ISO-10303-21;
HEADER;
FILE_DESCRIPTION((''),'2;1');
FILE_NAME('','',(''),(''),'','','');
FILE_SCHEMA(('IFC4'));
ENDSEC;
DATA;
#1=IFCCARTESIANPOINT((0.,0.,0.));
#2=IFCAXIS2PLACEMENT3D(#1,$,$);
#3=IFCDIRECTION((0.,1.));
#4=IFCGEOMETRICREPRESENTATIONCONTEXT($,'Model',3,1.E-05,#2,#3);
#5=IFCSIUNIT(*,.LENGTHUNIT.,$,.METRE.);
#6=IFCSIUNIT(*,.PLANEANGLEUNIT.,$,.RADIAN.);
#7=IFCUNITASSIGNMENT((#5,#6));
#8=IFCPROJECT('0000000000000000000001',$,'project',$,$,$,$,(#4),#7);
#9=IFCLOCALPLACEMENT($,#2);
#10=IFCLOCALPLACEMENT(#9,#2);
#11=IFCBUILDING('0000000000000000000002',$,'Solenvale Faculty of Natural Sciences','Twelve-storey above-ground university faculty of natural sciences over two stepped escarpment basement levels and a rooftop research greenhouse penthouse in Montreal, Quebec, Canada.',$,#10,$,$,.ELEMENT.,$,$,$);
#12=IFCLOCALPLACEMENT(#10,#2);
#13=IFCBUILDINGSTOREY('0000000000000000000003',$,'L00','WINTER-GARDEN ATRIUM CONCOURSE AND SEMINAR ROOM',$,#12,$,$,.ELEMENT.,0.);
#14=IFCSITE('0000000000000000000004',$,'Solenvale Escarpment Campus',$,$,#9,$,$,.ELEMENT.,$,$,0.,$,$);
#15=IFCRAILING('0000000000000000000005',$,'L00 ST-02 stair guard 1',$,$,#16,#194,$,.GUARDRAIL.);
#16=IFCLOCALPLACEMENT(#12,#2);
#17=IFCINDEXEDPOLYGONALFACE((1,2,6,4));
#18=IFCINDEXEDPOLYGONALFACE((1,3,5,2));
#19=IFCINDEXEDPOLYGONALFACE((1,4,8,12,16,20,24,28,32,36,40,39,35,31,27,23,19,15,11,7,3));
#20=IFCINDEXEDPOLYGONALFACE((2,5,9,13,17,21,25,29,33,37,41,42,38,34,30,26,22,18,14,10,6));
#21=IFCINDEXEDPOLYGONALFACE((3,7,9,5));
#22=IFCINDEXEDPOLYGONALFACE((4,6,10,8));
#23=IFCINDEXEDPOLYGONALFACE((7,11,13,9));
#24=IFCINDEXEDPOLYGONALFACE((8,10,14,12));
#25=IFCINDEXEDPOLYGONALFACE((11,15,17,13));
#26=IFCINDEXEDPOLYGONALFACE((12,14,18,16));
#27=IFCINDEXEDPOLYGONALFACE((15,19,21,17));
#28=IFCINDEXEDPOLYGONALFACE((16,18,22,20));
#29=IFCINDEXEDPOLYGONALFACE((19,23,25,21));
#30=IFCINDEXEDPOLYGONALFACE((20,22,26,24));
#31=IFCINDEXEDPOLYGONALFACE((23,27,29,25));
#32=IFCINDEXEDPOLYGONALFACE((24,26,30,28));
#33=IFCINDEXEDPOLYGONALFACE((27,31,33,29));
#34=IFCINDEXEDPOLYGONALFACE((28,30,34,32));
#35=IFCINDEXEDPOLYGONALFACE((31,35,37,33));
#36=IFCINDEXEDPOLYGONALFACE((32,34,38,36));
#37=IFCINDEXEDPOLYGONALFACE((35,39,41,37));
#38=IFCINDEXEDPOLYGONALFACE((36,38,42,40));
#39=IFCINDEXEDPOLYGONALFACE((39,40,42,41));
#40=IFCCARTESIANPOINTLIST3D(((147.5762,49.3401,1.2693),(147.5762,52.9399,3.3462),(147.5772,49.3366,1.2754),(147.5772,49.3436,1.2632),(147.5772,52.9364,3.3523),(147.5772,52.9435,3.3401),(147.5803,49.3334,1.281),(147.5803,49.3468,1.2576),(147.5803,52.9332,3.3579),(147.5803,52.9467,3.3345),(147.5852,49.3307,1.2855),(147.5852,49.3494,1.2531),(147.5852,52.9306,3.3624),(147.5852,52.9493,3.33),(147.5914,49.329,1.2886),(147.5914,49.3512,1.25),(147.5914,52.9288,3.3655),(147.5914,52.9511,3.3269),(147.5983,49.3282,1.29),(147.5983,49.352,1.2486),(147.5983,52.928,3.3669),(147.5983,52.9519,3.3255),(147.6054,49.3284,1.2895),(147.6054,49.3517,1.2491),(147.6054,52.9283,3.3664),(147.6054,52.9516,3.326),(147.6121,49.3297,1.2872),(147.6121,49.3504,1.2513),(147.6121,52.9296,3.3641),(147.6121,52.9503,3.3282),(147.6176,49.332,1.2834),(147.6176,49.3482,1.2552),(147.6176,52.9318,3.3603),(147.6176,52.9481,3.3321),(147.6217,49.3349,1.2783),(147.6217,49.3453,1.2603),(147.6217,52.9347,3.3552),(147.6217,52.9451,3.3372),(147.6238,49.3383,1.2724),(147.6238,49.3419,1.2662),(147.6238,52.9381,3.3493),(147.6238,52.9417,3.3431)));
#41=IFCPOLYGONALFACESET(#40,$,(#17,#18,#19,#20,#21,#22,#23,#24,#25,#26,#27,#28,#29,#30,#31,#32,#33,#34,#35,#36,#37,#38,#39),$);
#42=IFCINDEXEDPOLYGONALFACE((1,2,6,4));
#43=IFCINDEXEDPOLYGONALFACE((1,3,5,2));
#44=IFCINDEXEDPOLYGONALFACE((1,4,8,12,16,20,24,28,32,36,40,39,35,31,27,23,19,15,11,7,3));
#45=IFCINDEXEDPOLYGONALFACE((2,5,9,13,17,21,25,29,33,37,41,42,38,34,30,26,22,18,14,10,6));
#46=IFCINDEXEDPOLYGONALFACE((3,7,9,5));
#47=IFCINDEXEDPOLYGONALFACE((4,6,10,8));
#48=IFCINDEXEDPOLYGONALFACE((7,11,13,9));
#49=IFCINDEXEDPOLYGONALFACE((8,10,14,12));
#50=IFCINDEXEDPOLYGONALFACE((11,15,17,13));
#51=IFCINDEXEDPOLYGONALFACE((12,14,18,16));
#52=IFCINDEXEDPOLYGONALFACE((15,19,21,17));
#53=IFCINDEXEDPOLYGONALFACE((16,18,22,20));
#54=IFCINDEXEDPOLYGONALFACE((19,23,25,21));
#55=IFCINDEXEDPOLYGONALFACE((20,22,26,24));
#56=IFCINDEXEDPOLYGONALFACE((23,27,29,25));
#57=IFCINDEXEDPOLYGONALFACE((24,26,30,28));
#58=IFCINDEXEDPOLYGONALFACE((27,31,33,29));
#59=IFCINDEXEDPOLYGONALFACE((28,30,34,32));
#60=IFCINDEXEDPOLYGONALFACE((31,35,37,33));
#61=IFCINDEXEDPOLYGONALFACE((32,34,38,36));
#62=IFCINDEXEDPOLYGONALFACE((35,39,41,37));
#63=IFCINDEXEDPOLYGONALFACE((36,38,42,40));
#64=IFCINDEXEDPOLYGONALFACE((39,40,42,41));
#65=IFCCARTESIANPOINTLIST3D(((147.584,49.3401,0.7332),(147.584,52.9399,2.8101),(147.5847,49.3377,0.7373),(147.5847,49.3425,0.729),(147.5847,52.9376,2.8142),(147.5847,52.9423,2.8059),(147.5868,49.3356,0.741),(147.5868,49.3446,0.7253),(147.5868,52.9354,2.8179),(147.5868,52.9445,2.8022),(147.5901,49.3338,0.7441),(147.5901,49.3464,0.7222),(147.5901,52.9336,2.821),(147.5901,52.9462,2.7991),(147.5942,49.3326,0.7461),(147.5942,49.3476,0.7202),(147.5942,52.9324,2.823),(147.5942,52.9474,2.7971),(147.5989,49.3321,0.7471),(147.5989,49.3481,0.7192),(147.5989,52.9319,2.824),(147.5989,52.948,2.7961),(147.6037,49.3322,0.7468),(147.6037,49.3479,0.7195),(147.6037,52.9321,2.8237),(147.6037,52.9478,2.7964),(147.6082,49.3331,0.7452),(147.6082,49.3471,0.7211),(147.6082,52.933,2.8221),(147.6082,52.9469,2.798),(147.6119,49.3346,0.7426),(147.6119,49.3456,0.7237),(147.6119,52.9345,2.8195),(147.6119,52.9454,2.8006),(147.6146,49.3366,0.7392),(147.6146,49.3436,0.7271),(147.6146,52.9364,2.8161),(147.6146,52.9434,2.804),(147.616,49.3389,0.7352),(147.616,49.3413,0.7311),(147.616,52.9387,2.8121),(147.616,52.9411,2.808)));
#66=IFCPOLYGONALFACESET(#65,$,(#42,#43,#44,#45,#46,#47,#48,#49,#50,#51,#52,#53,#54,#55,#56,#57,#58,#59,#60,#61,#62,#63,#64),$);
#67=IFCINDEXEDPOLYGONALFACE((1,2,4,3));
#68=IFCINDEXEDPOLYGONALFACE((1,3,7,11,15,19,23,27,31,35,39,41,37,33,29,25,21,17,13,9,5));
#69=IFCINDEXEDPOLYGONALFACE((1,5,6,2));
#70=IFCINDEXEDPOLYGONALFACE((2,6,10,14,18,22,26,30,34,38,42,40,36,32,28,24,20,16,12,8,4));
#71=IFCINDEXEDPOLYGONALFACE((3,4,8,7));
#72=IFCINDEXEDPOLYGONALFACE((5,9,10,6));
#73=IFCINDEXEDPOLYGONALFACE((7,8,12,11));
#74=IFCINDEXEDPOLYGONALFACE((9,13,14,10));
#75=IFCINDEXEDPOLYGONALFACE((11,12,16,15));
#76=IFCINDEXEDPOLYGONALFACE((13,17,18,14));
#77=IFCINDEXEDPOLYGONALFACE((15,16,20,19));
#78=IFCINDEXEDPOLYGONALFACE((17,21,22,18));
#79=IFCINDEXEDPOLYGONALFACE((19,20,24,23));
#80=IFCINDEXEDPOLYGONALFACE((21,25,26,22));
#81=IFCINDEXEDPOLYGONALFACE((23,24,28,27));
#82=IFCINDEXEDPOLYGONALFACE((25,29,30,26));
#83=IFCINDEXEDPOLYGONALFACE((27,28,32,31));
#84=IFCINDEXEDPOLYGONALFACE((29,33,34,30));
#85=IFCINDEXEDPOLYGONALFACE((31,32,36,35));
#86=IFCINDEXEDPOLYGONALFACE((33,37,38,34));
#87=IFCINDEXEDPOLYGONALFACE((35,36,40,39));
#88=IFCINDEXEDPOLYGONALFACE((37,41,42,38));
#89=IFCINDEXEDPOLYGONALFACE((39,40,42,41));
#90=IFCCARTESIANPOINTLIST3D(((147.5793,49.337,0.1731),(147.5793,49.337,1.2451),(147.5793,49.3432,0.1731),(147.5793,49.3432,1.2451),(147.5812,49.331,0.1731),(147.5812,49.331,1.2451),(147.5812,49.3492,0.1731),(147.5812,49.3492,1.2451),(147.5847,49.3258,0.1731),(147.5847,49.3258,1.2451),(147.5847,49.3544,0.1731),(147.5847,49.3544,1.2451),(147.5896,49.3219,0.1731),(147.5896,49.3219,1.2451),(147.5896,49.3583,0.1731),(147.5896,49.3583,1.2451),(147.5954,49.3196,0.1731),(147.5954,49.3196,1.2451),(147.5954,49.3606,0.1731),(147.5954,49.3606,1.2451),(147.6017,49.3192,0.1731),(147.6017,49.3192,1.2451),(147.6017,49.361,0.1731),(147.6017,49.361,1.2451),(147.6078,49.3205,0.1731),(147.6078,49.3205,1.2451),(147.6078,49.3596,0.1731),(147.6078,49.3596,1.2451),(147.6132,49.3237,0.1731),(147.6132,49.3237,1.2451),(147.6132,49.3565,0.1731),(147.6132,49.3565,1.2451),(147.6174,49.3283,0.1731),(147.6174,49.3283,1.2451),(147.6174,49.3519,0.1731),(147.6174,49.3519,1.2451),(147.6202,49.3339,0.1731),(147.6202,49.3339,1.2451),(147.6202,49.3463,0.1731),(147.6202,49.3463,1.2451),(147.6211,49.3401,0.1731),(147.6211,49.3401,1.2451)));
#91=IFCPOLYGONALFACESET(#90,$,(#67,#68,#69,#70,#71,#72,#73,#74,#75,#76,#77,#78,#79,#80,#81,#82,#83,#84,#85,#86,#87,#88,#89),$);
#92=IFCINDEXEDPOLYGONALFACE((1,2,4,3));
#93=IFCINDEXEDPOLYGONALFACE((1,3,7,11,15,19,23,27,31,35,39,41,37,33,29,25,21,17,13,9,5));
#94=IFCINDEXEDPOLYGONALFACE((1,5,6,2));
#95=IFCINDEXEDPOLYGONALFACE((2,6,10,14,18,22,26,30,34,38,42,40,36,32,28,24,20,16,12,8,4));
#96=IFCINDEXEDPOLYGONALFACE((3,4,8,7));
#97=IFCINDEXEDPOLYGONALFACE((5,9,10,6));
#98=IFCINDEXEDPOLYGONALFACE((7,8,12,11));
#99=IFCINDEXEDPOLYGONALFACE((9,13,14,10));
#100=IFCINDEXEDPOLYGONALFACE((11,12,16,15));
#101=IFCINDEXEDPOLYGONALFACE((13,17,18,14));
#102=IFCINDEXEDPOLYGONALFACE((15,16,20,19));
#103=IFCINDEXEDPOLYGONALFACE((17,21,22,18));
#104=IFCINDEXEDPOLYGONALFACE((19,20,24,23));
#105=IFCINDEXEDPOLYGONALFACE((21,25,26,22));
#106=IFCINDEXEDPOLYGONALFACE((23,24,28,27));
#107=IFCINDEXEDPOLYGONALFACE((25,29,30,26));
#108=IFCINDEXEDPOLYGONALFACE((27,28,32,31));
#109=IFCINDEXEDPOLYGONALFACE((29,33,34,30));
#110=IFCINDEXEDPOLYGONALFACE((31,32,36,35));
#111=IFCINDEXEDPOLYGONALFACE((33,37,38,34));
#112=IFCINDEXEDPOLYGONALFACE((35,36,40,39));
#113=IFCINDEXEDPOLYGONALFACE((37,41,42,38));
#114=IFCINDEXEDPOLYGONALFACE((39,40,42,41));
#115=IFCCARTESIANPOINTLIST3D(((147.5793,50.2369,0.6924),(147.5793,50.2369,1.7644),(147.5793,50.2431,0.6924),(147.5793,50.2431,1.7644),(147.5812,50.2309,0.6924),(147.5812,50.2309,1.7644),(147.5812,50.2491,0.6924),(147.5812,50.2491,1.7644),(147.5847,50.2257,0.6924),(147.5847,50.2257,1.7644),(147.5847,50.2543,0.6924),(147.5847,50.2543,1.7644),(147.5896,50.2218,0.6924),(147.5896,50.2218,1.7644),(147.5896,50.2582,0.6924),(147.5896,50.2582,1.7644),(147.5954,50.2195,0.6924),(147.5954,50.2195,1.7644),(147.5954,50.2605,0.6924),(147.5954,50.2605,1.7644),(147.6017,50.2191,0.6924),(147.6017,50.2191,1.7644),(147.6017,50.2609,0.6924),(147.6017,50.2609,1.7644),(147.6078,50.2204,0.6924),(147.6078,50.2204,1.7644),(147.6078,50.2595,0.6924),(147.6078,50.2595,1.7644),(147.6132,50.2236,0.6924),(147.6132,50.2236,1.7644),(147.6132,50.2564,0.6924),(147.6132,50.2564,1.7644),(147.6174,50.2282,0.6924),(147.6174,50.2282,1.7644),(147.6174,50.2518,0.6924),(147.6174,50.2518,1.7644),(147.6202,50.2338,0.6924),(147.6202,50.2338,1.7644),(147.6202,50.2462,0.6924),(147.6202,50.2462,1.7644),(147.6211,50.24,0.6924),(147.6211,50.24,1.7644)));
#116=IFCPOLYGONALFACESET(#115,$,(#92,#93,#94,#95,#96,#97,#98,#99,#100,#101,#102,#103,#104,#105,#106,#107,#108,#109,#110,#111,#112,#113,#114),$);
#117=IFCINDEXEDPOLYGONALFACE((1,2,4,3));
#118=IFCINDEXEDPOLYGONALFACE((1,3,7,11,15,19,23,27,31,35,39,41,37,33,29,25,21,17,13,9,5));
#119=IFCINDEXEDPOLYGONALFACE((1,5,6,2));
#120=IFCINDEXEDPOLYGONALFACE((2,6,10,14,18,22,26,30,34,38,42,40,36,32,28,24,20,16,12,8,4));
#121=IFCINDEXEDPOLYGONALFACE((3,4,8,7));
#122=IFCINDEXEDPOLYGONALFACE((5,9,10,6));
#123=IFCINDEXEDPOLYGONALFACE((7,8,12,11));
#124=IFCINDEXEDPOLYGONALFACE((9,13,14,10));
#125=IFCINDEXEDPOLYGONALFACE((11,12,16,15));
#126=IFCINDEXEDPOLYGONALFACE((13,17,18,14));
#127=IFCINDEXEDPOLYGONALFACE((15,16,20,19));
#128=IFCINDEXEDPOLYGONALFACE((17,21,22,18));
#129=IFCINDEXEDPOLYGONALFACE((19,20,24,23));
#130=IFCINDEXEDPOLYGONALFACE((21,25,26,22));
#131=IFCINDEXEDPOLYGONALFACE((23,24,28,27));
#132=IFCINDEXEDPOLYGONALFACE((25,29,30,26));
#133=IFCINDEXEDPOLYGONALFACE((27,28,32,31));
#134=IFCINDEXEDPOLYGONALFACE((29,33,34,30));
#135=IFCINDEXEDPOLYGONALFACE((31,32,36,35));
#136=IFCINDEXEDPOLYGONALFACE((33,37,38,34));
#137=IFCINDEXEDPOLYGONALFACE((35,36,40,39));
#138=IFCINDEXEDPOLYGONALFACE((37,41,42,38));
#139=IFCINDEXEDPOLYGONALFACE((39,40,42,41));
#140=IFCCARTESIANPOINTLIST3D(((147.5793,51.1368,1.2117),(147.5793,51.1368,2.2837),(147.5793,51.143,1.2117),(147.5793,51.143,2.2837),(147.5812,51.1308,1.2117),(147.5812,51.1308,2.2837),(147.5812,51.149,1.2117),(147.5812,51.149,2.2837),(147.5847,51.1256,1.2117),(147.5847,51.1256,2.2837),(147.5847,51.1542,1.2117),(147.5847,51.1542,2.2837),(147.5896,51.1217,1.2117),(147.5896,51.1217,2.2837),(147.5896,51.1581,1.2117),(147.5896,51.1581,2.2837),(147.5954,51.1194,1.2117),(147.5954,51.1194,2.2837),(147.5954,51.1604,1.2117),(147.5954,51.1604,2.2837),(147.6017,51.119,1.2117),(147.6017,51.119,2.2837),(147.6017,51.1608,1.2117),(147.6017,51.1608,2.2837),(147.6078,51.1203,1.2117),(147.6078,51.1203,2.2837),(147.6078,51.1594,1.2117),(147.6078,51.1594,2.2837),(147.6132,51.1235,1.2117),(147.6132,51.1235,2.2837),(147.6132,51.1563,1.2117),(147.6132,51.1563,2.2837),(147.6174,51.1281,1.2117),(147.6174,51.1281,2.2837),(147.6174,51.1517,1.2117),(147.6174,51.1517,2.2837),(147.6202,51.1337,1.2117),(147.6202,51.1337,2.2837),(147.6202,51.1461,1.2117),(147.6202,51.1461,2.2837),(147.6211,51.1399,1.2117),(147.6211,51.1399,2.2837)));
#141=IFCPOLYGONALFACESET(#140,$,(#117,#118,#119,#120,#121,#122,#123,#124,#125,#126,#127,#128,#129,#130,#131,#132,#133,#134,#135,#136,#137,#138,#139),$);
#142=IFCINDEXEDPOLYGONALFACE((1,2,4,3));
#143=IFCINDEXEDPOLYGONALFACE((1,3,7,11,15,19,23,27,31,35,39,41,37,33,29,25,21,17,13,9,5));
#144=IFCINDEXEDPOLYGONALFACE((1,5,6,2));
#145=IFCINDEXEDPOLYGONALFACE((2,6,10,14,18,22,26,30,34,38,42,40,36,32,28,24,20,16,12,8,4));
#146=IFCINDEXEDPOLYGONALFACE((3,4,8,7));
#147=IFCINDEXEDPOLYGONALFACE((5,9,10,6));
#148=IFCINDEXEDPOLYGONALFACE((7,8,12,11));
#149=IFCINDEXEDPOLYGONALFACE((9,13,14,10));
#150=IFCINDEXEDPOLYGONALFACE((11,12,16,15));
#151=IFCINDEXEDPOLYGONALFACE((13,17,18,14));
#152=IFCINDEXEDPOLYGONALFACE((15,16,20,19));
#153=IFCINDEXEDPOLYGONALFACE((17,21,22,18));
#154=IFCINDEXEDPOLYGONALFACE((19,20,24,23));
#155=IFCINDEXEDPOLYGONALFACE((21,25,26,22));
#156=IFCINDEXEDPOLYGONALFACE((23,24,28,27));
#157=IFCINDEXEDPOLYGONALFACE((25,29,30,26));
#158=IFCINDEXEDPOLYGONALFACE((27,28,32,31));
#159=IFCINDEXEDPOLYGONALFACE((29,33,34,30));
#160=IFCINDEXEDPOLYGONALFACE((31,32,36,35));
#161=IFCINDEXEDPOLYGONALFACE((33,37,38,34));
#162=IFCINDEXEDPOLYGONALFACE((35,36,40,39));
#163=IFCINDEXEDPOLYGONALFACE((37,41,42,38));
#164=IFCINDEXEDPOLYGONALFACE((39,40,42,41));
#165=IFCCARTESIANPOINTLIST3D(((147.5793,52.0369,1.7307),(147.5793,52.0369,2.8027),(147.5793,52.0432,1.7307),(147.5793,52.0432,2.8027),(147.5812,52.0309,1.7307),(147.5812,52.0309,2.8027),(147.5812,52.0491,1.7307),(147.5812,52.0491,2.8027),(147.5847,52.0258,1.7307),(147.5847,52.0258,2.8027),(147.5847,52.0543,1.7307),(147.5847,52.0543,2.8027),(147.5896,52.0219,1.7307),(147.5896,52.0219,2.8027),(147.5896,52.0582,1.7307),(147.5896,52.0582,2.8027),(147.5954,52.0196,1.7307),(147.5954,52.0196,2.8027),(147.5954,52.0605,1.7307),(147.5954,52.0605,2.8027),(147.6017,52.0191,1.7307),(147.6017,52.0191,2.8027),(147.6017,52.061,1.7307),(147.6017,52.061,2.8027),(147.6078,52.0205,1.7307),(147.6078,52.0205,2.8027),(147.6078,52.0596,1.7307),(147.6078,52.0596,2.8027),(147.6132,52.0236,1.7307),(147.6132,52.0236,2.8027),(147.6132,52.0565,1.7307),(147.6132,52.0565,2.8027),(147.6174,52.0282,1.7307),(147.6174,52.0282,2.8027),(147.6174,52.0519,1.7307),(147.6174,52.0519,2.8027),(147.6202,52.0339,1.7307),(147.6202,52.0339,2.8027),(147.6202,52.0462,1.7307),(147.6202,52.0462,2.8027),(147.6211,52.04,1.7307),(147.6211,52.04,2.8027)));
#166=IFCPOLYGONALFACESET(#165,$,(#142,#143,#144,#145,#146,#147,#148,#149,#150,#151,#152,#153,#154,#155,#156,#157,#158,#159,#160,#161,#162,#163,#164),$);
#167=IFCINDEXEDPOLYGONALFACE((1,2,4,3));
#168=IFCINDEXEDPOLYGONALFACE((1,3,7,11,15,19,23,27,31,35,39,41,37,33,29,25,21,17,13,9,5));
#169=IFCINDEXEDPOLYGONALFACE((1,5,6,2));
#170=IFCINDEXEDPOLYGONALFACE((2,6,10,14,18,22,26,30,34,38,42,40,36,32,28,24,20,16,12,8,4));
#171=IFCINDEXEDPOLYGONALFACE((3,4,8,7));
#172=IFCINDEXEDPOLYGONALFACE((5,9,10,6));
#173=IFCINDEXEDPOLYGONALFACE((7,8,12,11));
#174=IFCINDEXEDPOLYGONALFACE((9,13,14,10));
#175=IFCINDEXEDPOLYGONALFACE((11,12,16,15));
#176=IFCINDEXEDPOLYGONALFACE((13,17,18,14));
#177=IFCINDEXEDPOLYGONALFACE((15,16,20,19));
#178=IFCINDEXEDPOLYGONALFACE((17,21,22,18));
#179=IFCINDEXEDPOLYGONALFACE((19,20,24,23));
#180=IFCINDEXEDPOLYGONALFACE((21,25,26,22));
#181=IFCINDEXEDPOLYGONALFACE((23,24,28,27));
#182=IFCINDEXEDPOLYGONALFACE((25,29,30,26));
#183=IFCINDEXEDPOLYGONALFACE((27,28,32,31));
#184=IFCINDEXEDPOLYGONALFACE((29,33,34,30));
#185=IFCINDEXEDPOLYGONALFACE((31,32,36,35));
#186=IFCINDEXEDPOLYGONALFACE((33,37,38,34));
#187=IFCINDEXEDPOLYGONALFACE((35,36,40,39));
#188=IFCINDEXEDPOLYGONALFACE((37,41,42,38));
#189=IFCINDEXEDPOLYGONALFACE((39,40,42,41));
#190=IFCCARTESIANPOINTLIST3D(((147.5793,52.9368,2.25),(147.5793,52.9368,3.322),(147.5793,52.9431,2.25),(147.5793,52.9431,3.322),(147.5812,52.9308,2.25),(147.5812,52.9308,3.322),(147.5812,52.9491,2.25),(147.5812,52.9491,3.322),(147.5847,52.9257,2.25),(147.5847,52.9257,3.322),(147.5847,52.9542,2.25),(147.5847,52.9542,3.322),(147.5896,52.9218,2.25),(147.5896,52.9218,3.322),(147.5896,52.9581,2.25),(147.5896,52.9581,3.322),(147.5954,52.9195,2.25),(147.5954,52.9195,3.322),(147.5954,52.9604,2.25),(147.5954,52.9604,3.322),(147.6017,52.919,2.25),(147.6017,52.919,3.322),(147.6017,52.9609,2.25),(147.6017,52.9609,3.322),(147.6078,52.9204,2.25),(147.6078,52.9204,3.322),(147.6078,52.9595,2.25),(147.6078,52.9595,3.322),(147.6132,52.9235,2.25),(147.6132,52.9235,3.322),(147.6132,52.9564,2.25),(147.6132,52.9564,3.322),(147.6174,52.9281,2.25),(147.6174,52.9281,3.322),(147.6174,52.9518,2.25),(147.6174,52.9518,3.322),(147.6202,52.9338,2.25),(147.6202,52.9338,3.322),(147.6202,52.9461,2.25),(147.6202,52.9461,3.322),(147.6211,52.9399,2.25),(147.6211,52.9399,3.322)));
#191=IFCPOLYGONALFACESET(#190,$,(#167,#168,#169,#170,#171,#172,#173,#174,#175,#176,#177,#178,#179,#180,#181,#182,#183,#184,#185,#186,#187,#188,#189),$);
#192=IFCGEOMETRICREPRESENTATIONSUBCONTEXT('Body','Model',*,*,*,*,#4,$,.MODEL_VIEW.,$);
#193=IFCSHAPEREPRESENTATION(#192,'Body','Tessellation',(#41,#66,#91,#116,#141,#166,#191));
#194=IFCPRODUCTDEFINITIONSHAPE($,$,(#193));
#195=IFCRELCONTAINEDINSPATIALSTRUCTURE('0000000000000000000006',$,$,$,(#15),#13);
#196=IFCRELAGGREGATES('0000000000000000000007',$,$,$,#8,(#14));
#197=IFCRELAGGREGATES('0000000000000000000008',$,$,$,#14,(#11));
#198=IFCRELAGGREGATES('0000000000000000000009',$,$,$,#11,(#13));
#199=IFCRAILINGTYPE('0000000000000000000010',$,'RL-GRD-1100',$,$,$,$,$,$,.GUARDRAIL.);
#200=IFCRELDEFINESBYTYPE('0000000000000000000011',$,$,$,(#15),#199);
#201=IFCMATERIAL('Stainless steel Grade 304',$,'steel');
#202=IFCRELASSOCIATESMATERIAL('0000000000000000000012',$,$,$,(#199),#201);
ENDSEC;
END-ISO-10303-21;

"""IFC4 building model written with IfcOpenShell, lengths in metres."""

from ifc_helpers import new_model, si_unit, direction, frame, origin, origin_2d, place, context, subcontext, project, spatial, circle, extrude, material, type_object, element, save


model = new_model("IFC4")

# Units and contexts
model_context = context("Model", 3, precision=1e-05, world=origin(), true_north=direction((0.0, 1.0)))
body_context = subcontext(model_context, "Body", "Model", "MODEL_VIEW")
ifc_project = project(units=[si_unit("LENGTHUNIT", "METRE"), si_unit("PLANEANGLEUNIT", "RADIAN")], contexts=[model_context])

# Site, building, storey
site_placement = place(None, origin())
site = spatial("IfcSite", under=ifc_project, at=site_placement, Name="Solenvale Escarpment Campus", CompositionType="ELEMENT", RefElevation=0.0)
building_placement = place(site_placement, origin())
building = spatial("IfcBuilding", under=site, at=building_placement, Name="Solenvale Faculty of Natural Sciences", Description="Twelve-storey above-ground university faculty of natural sciences over two stepped escarpment basement levels and a rooftop research greenhouse penthouse in Montreal, Quebec, Canada.", CompositionType="ELEMENT")
storey_placement = place(building_placement, origin())
storey = spatial("IfcBuildingStorey", under=building, at=storey_placement, Name="L00", Description="WINTER-GARDEN ATRIUM CONCOURSE AND SEMINAR ROOM", CompositionType="ELEMENT", Elevation=0.0)

# Shared definitions
ifc_material_1 = material(Name="Stainless steel Grade 304", Category="steel")

# Railing
railing_type_1 = type_object("IfcRailingType", Name="RL-GRD-1100", PredefinedType="GUARDRAIL", material=ifc_material_1)
railing_1_placement = place(storey_placement, frame((147.6001, 49.3401, 0.1731)))
element("IfcRailing", 1, at=railing_1_placement, inside=storey, type_object=railing_type_1, Name="L00 ST-02 stair guard 1", PredefinedType="GUARDRAIL", context=body_context, shape_type="SweptSolid", body=[
    extrude(circle(Radius=0.0239, at=origin_2d()), frame((0.0, 0.0, 1.0962), z_axis=(0.0, 0.866179, 0.499734), x_axis=(-1.0, 0.0, 0.0)), (0.0, 0.0, 1.0), 4.156),
    extrude(circle(Radius=0.0161, at=origin_2d()), frame((0.0, 0.0, 0.5601), z_axis=(0.0, 0.866179, 0.499734), x_axis=(-1.0, 0.0, 0.0)), (0.0, 0.0, 1.0), 4.156),
    extrude(circle(Radius=0.021, at=origin_2d()), origin(), (0.0, 0.0, 1.0), 1.072),
    extrude(circle(Radius=0.021, at=origin_2d()), frame((0.0, 0.8999, 0.5193)), (0.0, 0.0, 1.0), 1.072),
    extrude(circle(Radius=0.021, at=origin_2d()), frame((0.0, 1.7998, 1.0386)), (0.0, 0.0, 1.0), 1.072),
    extrude(circle(Radius=0.021, at=origin_2d()), frame((0.0, 2.7, 1.5576)), (0.0, 0.0, 1.0), 1.072),
    extrude(circle(Radius=0.021, at=origin_2d()), frame((0.0, 3.5999, 2.0769)), (0.0, 0.0, 1.0), 1.072),
])

save(model, "model.ifc")
